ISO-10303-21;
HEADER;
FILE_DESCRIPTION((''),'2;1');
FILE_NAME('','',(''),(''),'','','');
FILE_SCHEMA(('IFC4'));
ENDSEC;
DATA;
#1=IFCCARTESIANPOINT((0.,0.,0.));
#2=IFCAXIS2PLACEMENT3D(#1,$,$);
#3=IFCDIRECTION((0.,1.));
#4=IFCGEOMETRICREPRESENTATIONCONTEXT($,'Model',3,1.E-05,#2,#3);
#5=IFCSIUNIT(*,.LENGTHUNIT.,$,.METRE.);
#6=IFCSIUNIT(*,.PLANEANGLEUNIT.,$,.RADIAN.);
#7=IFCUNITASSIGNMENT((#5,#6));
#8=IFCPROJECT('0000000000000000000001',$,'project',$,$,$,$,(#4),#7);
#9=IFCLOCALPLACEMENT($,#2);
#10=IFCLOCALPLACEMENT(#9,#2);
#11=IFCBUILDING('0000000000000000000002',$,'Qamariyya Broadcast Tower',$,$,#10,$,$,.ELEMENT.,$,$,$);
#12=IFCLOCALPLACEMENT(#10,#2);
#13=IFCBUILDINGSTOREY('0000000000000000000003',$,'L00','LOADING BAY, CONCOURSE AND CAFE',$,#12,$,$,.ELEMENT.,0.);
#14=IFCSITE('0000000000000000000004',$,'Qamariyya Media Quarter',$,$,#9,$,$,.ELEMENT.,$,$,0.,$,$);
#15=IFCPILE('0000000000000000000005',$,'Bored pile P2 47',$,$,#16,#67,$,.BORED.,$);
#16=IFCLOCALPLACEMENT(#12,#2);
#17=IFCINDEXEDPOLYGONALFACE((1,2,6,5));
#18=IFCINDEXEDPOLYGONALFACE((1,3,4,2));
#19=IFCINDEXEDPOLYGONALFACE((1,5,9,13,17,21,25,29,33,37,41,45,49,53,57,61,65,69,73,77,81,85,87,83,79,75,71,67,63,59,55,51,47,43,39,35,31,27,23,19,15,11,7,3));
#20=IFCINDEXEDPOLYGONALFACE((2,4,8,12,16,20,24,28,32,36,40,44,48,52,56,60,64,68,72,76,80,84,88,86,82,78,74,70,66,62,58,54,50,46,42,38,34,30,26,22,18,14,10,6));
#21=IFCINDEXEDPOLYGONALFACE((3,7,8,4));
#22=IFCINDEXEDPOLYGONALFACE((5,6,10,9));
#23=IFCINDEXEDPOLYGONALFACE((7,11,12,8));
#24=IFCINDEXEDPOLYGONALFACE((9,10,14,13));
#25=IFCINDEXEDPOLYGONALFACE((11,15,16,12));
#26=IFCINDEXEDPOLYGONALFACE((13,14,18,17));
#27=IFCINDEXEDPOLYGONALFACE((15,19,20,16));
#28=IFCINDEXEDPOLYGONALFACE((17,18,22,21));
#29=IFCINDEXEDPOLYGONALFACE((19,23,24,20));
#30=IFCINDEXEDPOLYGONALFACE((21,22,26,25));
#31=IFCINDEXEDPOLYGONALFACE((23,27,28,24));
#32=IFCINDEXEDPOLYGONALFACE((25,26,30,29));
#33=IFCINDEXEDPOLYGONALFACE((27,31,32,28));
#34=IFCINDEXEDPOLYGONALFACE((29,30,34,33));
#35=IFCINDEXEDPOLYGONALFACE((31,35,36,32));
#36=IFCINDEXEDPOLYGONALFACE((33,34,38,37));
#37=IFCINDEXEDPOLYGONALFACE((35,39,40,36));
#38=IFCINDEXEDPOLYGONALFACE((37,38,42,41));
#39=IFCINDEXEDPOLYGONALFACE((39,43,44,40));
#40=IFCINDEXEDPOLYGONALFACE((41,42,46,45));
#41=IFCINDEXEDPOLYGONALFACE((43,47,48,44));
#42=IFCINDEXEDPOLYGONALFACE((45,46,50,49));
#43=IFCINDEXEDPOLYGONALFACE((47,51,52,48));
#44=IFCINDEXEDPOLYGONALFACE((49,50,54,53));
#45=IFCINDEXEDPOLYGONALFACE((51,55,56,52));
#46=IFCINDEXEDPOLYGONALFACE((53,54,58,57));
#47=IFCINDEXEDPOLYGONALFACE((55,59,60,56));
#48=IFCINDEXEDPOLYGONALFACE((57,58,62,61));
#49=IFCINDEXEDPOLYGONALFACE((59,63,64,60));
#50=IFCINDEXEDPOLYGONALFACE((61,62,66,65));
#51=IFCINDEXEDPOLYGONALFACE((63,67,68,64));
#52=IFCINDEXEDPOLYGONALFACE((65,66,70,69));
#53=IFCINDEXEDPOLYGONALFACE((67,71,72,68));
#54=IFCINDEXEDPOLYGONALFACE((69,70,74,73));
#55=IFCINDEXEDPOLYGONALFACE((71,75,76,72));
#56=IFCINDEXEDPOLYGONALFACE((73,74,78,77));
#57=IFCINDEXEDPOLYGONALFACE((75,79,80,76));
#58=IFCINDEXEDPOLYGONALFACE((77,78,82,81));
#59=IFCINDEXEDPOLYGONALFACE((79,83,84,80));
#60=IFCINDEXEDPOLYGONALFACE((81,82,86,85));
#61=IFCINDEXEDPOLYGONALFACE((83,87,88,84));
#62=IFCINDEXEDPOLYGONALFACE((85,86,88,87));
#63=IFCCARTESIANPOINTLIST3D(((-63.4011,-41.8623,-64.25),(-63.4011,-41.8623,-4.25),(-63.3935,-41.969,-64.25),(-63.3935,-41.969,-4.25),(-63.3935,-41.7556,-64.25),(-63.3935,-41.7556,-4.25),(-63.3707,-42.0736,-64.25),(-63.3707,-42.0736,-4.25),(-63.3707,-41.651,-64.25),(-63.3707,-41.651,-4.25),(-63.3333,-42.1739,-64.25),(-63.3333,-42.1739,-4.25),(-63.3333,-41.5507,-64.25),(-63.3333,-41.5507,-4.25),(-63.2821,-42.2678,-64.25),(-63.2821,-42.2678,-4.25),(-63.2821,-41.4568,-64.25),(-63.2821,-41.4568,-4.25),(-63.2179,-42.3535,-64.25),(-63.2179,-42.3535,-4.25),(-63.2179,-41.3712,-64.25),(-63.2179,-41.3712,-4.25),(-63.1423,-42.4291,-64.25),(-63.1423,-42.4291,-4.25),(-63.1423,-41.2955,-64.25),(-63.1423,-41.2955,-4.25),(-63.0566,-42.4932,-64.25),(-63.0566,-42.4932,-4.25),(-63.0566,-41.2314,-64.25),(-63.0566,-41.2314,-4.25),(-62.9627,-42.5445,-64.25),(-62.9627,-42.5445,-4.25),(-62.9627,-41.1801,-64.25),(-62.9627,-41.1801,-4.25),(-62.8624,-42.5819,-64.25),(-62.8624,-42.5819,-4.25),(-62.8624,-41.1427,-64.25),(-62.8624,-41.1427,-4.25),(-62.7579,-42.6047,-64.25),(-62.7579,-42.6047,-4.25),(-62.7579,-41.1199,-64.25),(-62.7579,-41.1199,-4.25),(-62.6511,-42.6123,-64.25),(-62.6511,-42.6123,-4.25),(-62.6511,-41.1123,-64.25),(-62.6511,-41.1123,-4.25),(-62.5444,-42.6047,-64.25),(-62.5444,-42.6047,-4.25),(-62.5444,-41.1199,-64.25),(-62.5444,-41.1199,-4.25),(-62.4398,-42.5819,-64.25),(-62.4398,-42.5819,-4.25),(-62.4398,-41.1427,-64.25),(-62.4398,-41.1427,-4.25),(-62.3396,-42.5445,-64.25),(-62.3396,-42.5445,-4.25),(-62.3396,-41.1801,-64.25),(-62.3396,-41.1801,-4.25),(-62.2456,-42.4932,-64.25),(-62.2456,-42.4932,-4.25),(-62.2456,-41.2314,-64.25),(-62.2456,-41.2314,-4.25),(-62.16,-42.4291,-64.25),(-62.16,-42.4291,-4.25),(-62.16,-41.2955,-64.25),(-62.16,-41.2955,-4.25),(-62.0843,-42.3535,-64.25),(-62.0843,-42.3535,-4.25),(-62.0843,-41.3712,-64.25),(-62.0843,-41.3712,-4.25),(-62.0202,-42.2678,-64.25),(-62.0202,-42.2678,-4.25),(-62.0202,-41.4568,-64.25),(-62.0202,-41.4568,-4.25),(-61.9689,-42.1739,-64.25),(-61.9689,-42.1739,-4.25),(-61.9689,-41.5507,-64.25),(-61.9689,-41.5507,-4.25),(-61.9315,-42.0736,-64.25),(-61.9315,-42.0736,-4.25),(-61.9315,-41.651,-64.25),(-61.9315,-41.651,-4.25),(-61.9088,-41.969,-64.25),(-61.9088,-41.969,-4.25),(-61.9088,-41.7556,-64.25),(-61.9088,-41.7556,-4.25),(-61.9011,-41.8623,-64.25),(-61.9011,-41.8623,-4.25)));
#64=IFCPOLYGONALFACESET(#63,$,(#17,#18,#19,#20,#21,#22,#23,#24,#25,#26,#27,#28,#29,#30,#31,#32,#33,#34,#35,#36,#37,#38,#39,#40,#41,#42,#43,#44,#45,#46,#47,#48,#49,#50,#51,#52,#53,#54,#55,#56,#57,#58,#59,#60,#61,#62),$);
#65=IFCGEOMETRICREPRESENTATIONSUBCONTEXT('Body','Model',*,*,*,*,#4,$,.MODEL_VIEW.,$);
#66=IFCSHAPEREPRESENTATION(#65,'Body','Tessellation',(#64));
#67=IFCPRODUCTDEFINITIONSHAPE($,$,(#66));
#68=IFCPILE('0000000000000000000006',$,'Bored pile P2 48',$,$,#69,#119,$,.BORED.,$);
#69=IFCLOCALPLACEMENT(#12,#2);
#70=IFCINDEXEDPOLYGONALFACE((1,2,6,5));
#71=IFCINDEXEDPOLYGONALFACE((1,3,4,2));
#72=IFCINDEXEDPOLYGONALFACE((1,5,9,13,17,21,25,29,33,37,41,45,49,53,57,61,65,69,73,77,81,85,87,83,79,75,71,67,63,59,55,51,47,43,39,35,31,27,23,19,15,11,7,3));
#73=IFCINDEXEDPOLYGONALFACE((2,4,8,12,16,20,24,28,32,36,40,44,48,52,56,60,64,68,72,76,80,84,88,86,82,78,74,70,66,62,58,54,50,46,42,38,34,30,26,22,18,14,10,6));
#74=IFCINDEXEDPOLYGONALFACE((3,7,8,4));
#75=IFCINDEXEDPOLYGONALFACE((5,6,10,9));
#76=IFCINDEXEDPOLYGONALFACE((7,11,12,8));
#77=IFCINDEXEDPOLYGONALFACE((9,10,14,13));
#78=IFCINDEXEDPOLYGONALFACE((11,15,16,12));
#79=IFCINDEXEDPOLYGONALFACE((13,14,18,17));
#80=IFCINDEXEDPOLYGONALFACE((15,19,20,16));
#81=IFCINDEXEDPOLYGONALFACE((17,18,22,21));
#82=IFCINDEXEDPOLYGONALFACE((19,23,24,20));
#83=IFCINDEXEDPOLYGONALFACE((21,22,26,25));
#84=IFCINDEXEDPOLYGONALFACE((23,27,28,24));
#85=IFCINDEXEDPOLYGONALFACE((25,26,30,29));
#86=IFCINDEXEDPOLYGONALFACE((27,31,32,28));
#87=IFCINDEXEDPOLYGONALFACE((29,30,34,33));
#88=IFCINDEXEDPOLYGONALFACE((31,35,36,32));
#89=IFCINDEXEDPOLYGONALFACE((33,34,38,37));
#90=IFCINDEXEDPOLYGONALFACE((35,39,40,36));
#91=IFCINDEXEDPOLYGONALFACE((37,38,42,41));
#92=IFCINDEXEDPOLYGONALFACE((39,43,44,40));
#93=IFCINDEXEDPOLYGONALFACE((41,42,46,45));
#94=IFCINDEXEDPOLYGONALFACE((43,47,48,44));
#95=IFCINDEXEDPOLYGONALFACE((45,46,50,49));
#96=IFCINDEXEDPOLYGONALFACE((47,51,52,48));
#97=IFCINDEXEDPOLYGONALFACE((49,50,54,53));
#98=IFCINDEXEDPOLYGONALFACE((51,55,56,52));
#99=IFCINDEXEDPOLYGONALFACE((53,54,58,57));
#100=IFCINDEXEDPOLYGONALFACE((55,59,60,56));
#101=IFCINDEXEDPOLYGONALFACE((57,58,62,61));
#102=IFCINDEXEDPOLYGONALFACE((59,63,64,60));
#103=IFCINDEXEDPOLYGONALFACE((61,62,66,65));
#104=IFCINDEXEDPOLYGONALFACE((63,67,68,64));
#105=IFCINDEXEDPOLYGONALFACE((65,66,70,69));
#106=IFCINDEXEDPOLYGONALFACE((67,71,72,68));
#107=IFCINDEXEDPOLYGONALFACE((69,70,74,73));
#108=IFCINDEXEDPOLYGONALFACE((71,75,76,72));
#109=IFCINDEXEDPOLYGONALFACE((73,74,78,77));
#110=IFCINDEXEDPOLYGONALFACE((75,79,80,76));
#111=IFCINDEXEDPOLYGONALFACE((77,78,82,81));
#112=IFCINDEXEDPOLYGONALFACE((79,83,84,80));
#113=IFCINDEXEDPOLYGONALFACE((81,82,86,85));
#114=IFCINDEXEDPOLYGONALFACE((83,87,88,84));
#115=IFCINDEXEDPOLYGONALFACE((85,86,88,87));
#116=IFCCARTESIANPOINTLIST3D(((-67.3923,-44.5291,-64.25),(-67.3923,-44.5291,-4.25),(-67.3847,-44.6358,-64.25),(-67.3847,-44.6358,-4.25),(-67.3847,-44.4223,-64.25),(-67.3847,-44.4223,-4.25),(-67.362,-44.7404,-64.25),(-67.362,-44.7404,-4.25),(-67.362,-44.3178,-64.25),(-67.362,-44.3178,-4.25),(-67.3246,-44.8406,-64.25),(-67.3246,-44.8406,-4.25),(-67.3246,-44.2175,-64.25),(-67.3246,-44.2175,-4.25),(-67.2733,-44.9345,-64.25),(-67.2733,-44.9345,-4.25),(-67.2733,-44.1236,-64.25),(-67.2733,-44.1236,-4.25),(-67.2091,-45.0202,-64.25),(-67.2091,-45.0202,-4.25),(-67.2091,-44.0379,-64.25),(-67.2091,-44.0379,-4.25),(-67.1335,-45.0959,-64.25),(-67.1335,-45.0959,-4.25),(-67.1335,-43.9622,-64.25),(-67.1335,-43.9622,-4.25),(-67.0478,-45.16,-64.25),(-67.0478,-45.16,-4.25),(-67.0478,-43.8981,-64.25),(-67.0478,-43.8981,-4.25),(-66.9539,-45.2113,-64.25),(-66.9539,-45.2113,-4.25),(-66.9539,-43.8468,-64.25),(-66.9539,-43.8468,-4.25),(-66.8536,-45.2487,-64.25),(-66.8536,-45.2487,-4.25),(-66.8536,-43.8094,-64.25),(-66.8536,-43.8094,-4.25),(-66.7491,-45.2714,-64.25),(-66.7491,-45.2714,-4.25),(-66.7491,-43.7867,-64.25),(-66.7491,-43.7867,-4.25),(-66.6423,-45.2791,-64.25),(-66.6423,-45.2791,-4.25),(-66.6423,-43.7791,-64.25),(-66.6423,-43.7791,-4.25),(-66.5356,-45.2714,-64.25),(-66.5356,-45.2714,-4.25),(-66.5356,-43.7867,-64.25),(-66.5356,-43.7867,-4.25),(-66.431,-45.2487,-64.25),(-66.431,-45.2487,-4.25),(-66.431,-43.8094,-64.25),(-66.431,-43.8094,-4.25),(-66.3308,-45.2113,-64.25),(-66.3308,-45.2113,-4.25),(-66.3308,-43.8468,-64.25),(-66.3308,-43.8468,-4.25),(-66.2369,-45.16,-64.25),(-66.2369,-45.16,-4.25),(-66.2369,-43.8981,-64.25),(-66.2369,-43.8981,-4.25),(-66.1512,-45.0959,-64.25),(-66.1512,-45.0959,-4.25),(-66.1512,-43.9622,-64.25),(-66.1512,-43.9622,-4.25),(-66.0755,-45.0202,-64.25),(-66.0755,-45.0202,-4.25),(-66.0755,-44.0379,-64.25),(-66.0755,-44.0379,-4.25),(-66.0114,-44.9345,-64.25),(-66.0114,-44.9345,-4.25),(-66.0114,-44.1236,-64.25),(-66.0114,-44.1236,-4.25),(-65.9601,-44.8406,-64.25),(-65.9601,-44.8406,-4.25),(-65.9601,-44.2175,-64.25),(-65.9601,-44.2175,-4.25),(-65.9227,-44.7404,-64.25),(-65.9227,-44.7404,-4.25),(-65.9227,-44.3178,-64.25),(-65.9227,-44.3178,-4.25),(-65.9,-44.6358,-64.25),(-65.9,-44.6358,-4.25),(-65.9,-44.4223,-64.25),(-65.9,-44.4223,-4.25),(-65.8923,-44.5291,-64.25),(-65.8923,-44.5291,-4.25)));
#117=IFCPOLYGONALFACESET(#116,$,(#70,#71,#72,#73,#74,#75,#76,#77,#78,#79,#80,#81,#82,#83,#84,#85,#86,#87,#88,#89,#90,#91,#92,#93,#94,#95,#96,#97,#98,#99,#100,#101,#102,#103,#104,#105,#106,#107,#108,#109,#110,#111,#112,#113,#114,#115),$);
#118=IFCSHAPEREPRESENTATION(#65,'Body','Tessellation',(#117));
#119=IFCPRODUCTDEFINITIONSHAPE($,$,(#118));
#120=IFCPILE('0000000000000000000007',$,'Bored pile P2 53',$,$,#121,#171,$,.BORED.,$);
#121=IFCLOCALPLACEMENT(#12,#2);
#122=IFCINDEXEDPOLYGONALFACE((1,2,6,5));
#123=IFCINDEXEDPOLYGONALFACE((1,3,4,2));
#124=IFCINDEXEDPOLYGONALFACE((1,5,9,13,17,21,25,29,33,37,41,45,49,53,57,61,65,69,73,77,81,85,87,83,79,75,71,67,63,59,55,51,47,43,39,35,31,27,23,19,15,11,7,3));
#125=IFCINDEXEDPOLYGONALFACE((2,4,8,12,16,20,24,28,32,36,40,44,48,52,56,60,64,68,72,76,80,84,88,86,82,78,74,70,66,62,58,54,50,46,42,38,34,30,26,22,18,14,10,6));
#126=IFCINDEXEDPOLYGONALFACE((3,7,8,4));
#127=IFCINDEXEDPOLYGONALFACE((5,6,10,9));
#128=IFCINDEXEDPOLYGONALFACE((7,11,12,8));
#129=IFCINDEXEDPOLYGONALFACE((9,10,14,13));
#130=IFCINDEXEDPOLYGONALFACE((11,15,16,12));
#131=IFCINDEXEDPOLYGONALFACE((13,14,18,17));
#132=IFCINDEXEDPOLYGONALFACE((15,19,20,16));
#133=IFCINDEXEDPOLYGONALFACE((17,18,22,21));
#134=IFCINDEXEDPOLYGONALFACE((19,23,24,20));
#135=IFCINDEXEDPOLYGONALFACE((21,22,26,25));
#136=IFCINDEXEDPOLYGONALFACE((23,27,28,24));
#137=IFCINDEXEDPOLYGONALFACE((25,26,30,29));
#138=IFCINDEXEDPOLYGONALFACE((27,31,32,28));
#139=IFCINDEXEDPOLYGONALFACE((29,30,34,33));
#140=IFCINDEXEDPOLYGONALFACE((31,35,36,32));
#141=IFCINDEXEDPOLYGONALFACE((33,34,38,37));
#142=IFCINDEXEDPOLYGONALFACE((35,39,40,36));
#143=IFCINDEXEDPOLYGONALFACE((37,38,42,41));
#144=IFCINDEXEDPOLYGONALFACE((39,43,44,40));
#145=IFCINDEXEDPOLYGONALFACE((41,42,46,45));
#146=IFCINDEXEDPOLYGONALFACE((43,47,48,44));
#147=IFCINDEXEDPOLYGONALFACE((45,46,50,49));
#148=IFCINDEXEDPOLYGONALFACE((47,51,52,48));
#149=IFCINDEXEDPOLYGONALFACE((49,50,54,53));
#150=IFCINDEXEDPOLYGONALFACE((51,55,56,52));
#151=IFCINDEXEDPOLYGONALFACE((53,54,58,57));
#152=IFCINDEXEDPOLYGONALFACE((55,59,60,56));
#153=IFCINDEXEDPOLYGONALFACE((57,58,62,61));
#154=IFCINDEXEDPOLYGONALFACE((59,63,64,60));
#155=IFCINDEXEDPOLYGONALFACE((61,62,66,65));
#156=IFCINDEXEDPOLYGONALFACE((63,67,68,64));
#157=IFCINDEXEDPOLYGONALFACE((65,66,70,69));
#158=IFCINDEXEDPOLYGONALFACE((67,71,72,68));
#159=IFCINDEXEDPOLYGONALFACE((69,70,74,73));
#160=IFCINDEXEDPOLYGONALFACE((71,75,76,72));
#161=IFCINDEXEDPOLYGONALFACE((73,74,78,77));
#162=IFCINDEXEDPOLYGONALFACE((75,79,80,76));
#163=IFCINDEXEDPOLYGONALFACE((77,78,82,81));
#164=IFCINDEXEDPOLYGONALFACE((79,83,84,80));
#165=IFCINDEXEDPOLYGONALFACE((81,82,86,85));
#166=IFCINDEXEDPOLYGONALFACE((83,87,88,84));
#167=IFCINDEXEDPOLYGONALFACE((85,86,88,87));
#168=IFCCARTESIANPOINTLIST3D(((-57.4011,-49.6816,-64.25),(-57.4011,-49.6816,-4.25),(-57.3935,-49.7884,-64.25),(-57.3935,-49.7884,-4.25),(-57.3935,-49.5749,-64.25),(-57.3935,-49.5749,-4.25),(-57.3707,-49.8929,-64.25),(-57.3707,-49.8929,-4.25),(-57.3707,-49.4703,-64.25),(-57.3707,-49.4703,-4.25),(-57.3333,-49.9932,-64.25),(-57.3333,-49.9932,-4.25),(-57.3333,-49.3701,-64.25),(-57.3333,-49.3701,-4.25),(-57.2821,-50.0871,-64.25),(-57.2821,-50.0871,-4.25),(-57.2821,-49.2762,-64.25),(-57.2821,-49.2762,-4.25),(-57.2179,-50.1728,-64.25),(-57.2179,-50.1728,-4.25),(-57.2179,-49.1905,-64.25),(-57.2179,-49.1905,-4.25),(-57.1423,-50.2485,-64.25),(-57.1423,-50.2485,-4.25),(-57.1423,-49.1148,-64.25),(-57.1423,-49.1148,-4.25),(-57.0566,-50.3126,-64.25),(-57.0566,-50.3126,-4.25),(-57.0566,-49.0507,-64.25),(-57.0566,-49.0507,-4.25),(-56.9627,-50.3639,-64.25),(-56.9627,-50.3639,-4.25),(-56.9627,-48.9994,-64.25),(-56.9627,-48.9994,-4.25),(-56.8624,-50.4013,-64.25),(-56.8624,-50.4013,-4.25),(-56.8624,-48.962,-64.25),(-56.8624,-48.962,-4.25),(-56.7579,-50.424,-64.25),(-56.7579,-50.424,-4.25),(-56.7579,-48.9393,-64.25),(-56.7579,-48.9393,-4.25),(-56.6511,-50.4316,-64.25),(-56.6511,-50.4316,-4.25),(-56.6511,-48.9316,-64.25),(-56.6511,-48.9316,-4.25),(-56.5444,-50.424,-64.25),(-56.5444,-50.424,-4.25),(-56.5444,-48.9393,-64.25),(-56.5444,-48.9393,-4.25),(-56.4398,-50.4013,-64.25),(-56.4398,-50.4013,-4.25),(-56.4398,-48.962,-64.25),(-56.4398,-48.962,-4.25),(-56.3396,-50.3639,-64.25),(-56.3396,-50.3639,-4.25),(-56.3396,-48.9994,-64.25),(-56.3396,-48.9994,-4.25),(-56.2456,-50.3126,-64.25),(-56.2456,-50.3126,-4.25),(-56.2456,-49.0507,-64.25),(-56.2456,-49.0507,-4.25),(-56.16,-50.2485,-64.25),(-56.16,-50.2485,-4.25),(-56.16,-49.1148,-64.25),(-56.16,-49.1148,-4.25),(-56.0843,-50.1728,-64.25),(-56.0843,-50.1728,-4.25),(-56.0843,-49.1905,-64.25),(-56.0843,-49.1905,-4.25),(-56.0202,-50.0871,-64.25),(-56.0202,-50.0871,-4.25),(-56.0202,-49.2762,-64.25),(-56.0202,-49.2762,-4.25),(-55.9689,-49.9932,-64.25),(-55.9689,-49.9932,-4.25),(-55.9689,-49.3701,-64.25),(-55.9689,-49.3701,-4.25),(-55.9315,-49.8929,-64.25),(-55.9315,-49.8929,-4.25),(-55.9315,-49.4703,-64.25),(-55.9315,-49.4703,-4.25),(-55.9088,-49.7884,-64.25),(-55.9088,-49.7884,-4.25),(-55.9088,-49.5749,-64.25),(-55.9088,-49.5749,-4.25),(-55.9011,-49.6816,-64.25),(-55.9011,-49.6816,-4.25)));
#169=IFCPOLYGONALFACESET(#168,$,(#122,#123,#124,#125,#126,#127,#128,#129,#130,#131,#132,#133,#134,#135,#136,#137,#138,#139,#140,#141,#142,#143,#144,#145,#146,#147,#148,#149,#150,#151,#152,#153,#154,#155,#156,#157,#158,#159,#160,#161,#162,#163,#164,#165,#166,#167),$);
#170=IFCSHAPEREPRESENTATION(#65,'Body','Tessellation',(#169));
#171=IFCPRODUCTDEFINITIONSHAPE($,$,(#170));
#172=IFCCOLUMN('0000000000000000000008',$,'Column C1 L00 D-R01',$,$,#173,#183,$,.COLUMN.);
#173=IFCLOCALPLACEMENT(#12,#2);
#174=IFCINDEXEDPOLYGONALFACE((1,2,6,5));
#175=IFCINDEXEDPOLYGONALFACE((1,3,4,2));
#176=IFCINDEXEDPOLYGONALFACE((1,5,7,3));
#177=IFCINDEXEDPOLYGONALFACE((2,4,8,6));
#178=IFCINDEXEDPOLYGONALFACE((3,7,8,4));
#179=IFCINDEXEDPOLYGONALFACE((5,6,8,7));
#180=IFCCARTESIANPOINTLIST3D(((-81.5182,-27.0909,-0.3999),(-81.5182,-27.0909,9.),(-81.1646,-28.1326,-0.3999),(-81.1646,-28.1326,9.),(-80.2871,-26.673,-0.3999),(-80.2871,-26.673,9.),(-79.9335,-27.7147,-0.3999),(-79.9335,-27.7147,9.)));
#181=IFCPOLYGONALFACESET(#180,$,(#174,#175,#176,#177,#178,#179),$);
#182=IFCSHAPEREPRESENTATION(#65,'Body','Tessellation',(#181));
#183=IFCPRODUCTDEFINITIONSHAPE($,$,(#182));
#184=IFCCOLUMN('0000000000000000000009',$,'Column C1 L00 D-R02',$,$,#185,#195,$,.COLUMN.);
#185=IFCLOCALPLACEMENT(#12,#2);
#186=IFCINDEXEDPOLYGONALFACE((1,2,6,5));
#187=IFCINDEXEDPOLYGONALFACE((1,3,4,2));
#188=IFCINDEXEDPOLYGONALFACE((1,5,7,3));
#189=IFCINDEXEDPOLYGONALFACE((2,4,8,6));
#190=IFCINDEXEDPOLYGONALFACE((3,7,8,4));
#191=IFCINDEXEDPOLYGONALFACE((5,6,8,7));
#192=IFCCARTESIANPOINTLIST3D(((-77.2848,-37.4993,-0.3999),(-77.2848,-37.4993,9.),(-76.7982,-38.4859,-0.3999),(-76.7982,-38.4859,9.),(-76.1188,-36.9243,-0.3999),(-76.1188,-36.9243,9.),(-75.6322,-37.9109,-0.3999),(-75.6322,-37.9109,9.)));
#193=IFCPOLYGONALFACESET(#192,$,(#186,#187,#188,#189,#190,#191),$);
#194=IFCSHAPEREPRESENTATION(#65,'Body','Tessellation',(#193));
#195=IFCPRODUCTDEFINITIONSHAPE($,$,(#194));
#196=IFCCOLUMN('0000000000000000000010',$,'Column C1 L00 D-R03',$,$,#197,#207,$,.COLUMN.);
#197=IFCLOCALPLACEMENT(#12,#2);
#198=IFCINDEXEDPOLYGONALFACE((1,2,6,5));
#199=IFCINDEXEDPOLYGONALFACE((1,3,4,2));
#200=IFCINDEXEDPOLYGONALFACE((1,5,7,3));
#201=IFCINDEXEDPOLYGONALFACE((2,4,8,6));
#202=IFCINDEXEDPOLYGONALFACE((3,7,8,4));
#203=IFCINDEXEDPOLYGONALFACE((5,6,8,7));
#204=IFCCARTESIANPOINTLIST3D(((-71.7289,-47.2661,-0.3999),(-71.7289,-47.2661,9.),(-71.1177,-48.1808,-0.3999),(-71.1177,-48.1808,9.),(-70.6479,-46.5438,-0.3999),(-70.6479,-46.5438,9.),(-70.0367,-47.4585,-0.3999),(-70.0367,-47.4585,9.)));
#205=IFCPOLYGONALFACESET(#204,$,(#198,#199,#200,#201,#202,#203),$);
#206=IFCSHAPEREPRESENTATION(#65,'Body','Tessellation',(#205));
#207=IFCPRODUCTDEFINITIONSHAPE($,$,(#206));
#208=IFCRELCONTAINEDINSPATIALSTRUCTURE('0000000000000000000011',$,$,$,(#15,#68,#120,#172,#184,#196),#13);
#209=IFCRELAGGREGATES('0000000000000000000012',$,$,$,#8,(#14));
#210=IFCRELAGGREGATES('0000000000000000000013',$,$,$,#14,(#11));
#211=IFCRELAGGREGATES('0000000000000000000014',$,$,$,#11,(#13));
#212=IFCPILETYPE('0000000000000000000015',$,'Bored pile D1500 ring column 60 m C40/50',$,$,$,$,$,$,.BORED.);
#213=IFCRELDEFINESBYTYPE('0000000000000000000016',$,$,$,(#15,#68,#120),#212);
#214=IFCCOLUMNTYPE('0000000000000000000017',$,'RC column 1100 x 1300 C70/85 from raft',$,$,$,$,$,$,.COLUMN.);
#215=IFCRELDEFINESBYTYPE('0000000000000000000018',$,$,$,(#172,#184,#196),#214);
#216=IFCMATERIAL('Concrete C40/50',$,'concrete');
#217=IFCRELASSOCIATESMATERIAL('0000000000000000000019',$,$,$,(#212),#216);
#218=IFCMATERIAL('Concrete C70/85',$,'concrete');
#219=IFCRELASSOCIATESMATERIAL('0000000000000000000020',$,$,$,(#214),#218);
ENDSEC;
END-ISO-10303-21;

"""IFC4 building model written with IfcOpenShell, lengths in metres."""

from ifc_helpers import new_model, si_unit, direction, frame, origin, origin_2d, place, context, subcontext, project, spatial, rectangle, circle, extrude, material, material_profile, profile_set, type_object, element, save


model = new_model("IFC4")

# Units and contexts
model_context = context("Model", 3, precision=1e-05, world=origin(), true_north=direction((0.0, 1.0)))
body_context = subcontext(model_context, "Body", "Model", "MODEL_VIEW")
ifc_project = project(units=[si_unit("LENGTHUNIT", "METRE"), si_unit("PLANEANGLEUNIT", "RADIAN")], contexts=[model_context])

# Site, building, storey
site_placement = place(None, origin())
site = spatial("IfcSite", under=ifc_project, at=site_placement, Name="Qamariyya Media Quarter", CompositionType="ELEMENT", RefElevation=0.0)
building_placement = place(site_placement, origin())
building = spatial("IfcBuilding", under=site, at=building_placement, Name="Qamariyya Broadcast Tower", CompositionType="ELEMENT")
storey_placement = place(building_placement, origin())
storey = spatial("IfcBuildingStorey", under=building, at=storey_placement, Name="L00", Description="LOADING BAY, CONCOURSE AND CAFE", CompositionType="ELEMENT", Elevation=0.0)

# Piles
ifc_material_1 = material(Name="Concrete C40/50", Category="concrete")
ifc_material_profile_1 = material_profile(ifc_material_1, circle(Radius=0.75, at=origin_2d()))
ifc_profile_set_1 = profile_set([ifc_material_profile_1], Name="Concrete C40/50")
pile_type_1 = type_object("IfcPileType", Name="Bored pile D1500 ring column 60 m C40/50", PredefinedType="BORED", material=ifc_profile_set_1)
for number, where, z_axis, x_axis, name in (
    (1, (-62.6511, -41.8623, -4.25), (0.0, 0.0, -1.0), (1.0, 0.0, 0.0), "Bored pile P2 47"),
    (2, (-66.6423, -44.5291, -4.25), (0.0, 0.0, -1.0), (1.0, 0.0, 0.0), "Bored pile P2 48"),
    (3, (-56.6511, -49.6816, -4.25), (0.0, 0.0, -1.0), (1.0, 0.0, 0.0), "Bored pile P2 53"),
):
    element("IfcPile", number, at=place(storey_placement, frame(where, z_axis=z_axis, x_axis=x_axis)), inside=storey, type_object=pile_type_1, Name=name, PredefinedType="BORED", context=body_context, shape_type="SweptSolid", body=[
        extrude(circle(Radius=0.75, at=origin_2d()), origin(), (0.0, 0.0, 1.0), 60.0),
    ])

# Columns
ifc_material_2 = material(Name="Concrete C70/85", Category="concrete")
ifc_material_profile_2 = material_profile(ifc_material_2, rectangle(XDim=1.1001, YDim=1.3, at=origin_2d()))
ifc_profile_set_2 = profile_set([ifc_material_profile_2], Name="Concrete C70/85")
column_type_1 = type_object("IfcColumnType", Name="RC column 1100 x 1300 C70/85 from raft", PredefinedType="COLUMN", material=ifc_profile_set_2)
for number, where, z_axis, x_axis, name in (
    (4, (-80.7258, -27.4028, -0.3999), (0.0, 0.0, 1.0), (0.321439, -0.94693, 0.0), "Column C1 L00 D-R01"),
    (5, (-76.4585, -37.7051, -0.3999), (0.0, 0.0, 1.0), (0.442289, -0.896873, 0.0), "Column C1 L00 D-R02"),
    (6, (-70.8828, -47.3623, -0.3999), (0.0, 0.0, 1.0), (0.55557, -0.83147, 0.0), "Column C1 L00 D-R03"),
):
    element("IfcColumn", number, at=place(storey_placement, frame(where, z_axis=z_axis, x_axis=x_axis)), inside=storey, type_object=column_type_1, Name=name, PredefinedType="COLUMN", context=body_context, shape_type="SweptSolid", body=[
        extrude(rectangle(XDim=1.1001, YDim=1.3, at=origin_2d()), origin(), (0.0, 0.0, 1.0), 9.3999),
    ])

save(model, "model.ifc")
